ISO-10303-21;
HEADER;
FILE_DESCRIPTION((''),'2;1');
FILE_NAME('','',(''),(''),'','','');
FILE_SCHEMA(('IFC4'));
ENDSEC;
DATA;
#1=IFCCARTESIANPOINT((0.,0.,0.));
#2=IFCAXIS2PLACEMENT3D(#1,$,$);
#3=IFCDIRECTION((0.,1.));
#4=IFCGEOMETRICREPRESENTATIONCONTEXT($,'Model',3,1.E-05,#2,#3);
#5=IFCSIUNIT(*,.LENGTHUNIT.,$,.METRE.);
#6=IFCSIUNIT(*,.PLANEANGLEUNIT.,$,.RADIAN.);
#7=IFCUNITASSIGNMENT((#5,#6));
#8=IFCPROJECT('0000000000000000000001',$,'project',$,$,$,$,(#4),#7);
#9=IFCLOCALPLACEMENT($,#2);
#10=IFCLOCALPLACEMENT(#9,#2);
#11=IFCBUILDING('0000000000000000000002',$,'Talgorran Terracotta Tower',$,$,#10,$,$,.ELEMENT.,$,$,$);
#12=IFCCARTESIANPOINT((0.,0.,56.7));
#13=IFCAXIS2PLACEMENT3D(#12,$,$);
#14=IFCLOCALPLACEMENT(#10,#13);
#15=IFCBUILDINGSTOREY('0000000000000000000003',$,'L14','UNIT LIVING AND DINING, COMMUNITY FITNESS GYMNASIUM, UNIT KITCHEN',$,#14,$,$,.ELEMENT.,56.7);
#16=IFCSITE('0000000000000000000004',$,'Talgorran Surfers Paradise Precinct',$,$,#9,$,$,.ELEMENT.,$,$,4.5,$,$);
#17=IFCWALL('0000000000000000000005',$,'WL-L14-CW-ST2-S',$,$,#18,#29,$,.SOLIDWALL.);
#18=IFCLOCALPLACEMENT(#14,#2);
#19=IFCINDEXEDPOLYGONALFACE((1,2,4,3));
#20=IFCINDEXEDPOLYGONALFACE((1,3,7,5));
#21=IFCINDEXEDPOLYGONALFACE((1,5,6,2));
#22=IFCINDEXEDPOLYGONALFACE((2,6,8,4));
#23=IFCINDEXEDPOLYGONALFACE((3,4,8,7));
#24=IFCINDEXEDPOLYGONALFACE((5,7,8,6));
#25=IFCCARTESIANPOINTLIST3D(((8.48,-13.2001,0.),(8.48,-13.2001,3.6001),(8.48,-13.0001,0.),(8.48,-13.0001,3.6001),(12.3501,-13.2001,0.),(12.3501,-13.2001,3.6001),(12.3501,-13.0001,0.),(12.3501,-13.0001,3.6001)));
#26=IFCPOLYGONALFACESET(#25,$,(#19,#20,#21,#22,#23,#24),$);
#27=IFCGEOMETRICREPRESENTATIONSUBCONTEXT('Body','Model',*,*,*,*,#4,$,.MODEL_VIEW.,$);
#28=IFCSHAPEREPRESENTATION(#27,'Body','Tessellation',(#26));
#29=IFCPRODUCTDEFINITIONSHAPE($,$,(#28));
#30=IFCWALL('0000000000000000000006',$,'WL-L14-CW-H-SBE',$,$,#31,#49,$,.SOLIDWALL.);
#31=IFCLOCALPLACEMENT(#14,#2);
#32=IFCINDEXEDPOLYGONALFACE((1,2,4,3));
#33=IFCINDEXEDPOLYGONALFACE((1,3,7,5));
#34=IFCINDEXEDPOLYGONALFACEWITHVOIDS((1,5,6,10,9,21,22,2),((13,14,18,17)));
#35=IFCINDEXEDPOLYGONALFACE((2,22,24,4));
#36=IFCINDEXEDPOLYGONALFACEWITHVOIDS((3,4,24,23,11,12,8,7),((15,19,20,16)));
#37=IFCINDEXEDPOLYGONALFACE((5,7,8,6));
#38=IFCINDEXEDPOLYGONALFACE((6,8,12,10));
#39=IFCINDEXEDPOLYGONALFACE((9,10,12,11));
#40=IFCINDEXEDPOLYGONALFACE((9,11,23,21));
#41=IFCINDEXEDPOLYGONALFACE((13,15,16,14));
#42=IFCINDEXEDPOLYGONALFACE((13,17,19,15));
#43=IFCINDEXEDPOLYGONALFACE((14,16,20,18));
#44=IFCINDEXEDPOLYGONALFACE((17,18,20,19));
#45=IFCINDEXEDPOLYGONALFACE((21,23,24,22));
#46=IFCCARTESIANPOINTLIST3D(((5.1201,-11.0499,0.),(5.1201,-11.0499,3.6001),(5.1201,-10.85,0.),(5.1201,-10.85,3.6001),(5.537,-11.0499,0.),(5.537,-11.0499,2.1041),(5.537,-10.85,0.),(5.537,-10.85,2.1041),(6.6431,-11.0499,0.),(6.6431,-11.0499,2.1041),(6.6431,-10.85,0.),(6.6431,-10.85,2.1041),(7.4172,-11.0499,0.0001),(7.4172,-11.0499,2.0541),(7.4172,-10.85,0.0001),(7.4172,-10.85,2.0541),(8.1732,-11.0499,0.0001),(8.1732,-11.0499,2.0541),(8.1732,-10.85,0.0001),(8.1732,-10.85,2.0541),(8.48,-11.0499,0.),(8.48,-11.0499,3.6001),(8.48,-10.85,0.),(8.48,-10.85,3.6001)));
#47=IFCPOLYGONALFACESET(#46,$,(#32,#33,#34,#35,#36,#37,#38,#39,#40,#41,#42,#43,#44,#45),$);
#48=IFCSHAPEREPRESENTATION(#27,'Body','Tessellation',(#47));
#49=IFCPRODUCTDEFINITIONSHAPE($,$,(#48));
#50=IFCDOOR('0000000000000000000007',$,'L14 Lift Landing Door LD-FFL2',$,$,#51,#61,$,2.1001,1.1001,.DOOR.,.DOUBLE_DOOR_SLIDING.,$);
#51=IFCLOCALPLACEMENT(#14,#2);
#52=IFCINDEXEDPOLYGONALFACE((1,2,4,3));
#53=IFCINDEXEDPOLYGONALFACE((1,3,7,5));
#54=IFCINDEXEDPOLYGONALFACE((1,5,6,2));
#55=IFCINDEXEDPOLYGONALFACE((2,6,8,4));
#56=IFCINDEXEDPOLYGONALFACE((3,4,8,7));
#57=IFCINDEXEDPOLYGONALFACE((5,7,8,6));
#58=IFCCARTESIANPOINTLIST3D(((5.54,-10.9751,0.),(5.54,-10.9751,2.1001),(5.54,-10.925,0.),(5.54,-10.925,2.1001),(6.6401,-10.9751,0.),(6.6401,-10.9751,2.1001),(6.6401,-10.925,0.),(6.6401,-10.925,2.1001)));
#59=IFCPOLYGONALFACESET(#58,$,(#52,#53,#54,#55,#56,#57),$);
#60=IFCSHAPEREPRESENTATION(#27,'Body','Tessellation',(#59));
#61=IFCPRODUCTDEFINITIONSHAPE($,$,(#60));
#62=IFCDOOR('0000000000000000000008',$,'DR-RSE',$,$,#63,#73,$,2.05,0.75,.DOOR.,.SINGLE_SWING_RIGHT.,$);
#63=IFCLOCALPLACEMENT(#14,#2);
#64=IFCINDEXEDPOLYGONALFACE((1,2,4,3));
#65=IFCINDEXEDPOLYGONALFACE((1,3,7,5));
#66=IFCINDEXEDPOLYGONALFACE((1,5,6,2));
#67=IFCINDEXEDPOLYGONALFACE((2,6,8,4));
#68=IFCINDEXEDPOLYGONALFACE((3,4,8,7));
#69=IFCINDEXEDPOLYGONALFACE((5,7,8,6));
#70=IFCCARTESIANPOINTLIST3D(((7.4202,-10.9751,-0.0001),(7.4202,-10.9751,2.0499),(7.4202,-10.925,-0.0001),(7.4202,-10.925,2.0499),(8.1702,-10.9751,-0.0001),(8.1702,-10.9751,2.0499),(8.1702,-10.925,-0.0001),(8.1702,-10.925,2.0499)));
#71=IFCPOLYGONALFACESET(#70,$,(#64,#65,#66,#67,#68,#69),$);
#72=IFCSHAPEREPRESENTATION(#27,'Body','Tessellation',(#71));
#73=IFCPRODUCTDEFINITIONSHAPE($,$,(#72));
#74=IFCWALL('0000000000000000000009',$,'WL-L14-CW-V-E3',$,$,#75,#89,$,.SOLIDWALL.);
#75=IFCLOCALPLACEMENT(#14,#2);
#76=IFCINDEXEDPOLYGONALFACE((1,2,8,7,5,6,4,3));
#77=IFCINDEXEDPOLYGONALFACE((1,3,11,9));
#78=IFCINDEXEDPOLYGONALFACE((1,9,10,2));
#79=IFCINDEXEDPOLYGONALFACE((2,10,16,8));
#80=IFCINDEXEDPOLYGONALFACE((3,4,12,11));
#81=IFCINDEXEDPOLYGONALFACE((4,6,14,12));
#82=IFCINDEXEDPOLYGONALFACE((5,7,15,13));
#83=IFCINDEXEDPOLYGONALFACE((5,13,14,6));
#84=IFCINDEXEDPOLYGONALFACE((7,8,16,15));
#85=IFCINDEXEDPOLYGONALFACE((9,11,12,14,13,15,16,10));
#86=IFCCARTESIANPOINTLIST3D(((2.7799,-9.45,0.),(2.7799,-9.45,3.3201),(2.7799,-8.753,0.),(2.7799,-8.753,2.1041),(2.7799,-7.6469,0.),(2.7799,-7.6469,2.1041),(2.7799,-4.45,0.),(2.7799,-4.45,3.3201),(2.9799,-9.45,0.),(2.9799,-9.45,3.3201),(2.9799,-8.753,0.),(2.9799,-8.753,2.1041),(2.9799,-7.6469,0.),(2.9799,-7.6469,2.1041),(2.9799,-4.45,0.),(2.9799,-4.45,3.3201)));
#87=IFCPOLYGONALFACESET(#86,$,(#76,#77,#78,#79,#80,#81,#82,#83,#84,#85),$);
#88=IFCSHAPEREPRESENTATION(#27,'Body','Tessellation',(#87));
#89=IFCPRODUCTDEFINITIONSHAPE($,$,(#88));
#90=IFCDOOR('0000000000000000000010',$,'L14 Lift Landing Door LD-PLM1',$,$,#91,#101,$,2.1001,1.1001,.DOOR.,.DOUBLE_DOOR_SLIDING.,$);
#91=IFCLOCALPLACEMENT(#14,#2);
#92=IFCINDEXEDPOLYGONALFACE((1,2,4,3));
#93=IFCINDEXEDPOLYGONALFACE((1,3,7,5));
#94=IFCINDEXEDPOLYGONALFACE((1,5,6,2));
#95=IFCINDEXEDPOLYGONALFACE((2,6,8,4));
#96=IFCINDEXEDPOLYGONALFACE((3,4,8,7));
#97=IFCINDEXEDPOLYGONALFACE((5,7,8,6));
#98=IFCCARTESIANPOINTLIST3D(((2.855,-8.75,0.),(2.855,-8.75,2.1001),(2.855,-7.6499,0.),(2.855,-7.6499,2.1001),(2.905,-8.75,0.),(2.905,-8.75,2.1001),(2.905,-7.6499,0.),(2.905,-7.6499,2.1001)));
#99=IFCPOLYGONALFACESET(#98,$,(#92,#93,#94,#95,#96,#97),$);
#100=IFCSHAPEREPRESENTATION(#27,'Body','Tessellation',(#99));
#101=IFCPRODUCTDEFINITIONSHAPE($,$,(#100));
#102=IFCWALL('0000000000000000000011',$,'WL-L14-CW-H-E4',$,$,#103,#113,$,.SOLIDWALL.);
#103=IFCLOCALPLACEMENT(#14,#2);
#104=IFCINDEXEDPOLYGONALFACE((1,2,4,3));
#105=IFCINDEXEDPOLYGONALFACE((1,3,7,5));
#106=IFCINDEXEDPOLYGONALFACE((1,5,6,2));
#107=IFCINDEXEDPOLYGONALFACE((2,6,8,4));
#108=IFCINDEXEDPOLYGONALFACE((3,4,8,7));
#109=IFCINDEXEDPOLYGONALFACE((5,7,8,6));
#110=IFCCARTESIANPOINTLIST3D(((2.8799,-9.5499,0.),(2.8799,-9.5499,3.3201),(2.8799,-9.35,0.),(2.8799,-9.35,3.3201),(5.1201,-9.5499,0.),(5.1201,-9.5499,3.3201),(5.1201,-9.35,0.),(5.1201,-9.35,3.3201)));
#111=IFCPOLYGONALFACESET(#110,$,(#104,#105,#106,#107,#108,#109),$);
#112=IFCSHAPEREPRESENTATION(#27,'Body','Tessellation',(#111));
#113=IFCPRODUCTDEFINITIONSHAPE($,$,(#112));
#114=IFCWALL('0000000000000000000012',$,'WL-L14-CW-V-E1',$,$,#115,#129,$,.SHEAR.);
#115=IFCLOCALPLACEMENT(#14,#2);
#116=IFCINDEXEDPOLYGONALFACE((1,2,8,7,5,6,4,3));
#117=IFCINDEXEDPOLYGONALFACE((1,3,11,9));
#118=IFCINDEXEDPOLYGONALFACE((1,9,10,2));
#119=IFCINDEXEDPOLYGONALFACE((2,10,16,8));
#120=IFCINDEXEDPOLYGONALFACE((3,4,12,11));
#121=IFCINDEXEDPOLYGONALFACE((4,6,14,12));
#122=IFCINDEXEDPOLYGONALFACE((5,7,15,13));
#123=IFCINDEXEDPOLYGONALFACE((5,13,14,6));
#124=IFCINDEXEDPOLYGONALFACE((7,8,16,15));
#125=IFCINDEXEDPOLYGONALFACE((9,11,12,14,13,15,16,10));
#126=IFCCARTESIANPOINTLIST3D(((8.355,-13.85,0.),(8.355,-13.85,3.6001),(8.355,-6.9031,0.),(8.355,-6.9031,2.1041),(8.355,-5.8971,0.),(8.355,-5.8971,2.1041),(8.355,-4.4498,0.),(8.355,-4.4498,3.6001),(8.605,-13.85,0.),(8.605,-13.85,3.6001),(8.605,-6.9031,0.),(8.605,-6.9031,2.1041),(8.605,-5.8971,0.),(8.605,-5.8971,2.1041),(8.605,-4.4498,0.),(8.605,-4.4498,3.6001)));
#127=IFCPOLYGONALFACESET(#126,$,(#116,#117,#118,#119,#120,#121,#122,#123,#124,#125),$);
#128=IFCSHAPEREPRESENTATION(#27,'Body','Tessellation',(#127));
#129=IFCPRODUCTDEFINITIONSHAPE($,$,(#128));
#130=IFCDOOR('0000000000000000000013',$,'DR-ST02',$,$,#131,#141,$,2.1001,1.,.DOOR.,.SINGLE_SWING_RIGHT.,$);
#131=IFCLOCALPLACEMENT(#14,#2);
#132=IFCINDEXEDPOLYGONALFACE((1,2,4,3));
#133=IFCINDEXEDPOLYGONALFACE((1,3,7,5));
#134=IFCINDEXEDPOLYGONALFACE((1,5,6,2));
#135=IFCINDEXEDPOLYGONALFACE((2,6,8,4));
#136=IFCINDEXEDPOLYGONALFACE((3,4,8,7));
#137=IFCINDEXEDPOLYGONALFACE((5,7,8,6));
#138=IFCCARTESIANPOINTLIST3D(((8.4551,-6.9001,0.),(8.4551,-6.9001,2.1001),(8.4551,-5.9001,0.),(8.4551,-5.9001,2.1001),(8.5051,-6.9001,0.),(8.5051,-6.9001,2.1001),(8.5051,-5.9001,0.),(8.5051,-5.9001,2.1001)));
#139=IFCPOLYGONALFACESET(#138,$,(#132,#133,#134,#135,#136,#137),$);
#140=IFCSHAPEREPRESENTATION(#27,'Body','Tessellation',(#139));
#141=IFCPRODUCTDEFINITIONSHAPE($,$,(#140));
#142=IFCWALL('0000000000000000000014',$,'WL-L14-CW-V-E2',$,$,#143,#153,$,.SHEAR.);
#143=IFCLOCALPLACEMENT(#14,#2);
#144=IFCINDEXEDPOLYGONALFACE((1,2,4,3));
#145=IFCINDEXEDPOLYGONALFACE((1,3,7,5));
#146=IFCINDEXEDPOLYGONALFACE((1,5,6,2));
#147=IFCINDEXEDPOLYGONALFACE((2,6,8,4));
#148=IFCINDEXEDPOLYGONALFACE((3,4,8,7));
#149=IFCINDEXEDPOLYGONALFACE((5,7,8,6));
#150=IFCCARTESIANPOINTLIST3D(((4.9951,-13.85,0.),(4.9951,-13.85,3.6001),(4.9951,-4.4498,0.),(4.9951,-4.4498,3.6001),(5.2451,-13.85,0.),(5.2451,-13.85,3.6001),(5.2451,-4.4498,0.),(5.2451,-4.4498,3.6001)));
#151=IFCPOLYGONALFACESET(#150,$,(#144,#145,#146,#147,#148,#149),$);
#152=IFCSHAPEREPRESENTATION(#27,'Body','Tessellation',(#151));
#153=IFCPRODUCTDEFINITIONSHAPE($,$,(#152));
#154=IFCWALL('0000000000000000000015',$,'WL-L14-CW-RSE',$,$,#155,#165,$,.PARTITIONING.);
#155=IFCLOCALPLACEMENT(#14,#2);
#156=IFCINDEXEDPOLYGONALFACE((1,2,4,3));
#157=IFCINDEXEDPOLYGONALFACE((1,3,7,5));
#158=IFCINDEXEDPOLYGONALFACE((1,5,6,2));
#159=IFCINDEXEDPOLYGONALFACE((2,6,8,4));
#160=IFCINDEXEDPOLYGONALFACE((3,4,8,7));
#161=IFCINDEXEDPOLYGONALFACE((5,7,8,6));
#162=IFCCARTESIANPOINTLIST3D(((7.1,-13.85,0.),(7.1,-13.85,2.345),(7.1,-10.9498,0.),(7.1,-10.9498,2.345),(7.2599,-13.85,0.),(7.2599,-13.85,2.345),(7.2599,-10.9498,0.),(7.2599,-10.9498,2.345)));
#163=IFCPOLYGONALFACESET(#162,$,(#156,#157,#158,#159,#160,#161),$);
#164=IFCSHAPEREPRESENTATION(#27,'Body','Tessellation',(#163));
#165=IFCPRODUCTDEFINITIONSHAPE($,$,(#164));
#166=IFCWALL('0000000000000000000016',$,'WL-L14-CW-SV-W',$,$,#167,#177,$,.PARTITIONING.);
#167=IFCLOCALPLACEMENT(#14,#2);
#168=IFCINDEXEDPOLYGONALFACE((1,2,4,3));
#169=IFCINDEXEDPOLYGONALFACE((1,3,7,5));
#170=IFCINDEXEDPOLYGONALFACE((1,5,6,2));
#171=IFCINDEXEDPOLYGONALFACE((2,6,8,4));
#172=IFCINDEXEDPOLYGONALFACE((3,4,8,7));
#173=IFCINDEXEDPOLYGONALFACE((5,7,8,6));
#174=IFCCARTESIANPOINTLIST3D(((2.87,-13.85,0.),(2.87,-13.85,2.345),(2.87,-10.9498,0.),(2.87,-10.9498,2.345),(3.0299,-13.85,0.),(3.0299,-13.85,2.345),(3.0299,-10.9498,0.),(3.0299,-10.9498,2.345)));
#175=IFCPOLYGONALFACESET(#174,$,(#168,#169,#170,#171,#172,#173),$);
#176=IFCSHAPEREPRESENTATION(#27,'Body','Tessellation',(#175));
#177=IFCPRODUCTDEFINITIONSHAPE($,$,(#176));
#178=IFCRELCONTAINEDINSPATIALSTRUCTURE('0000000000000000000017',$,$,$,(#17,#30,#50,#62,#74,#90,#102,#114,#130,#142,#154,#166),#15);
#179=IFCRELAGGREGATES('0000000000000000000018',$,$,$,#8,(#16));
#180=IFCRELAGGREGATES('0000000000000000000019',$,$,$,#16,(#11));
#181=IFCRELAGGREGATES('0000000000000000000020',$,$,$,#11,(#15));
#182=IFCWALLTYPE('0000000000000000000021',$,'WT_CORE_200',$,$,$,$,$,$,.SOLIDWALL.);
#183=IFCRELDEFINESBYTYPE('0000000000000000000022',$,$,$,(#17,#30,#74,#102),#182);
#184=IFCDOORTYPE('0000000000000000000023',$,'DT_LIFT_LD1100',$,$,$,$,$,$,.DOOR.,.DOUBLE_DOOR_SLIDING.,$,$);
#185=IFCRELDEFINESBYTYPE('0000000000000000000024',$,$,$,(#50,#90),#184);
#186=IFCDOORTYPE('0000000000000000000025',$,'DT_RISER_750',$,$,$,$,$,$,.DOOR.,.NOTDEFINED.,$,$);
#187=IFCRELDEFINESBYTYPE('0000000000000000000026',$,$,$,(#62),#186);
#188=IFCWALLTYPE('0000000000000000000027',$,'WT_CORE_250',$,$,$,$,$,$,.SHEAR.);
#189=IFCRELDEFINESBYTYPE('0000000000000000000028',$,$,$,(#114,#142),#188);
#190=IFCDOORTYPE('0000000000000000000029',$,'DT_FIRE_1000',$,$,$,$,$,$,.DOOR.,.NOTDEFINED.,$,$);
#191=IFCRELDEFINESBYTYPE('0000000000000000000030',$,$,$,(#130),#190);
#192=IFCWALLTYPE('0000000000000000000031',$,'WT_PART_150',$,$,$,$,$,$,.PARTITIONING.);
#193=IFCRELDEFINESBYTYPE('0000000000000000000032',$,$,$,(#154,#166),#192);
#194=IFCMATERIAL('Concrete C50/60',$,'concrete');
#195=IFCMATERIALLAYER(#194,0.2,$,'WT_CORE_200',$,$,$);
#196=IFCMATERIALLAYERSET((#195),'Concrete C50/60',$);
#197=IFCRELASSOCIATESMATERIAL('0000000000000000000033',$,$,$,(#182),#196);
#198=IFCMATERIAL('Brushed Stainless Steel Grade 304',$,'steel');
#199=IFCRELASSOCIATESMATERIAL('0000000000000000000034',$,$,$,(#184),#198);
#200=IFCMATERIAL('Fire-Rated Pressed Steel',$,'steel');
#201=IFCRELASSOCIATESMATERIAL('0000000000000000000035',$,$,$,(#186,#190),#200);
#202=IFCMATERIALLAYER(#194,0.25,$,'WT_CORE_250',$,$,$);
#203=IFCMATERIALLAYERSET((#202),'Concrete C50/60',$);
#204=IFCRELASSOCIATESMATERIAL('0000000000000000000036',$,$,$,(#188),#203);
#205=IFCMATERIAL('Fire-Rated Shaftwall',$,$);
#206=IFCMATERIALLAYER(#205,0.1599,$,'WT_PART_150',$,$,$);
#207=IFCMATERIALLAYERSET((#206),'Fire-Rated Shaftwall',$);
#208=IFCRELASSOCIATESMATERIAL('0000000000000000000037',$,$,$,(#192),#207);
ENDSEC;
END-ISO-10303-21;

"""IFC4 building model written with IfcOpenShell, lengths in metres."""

from ifc_helpers import new_model, si_unit, direction, frame, frame_2d, origin, place, context, subcontext, project, spatial, rectangle, extrude, material, layer, layer_set, type_object, element, fill, save


model = new_model("IFC4")

# Units and contexts
model_context = context("Model", 3, precision=1e-05, world=origin(), true_north=direction((0.0, 1.0)))
body_context = subcontext(model_context, "Body", "Model", "MODEL_VIEW")
ifc_project = project(units=[si_unit("LENGTHUNIT", "METRE"), si_unit("PLANEANGLEUNIT", "RADIAN")], contexts=[model_context])

# Site, building, storey
site_placement = place(None, origin())
site = spatial("IfcSite", under=ifc_project, at=site_placement, Name="Talgorran Surfers Paradise Precinct", CompositionType="ELEMENT", RefElevation=4.5)
building_placement = place(site_placement, origin())
building = spatial("IfcBuilding", under=site, at=building_placement, Name="Talgorran Terracotta Tower", CompositionType="ELEMENT")
storey_placement = place(building_placement, frame((0.0, 0.0, 56.7)))
storey = spatial("IfcBuildingStorey", under=building, at=storey_placement, Name="L14", Description="UNIT LIVING AND DINING, COMMUNITY FITNESS GYMNASIUM, UNIT KITCHEN", CompositionType="ELEMENT", Elevation=56.7)

# Wall
ifc_material_1 = material(Name="Concrete C50/60", Category="concrete")
ifc_layer_1 = layer(ifc_material_1, 0.2, Name="WT_CORE_200")
ifc_layer_set_1 = layer_set([ifc_layer_1], Name="Concrete C50/60")
wall_type_1 = type_object("IfcWallType", Name="WT_CORE_200", PredefinedType="SOLIDWALL", material=ifc_layer_set_1)
wall_1_placement = place(storey_placement, frame((8.48, -13.1001, 0.0), z_axis=(0.0, 0.0, 1.0), x_axis=(1.0, 0.0, 0.0)))
element("IfcWall", 1, at=wall_1_placement, inside=storey, type_object=wall_type_1, Name="WL-L14-CW-ST2-S", PredefinedType="SOLIDWALL", context=body_context, shape_type="SweptSolid", body=[
    extrude(rectangle(XDim=3.8701, YDim=0.2, at=frame_2d((1.9351, 0.0))), origin(), (0.0, 0.0, 1.0), 3.6001),
])

# Wall, openings, doors
wall_2_placement = place(storey_placement, frame((5.1201, -10.95, 0.0), z_axis=(0.0, 0.0, 1.0), x_axis=(1.0, 0.0, 0.0)))
wall_2 = element("IfcWall", 2, at=wall_2_placement, inside=storey, type_object=wall_type_1, Name="WL-L14-CW-H-SBE", PredefinedType="SOLIDWALL", context=body_context, shape_type="SweptSolid", body=[
    extrude(rectangle(XDim=3.3599, YDim=0.2, at=frame_2d((1.6799, 0.0))), origin(), (0.0, 0.0, 1.0), 3.6001),
])
opening_1_placement = place(wall_2_placement, frame((0.4199, 0.0, 0.0)))
opening_1 = element("IfcOpeningElement", 3, at=opening_1_placement, cuts=wall_2, PredefinedType="OPENING", context=body_context, shape_type="SweptSolid", body=[
    extrude(rectangle(XDim=1.1061, YDim=2.1041, at=frame_2d((0.55, 1.052))), frame((0.0, 0.1099, 0.0), z_axis=(0.0, -1.0, 0.0), x_axis=(1.0, 0.0, 0.0)), (0.0, 0.0, 1.0), 0.22),
])
opening_2_placement = place(wall_2_placement, frame((2.3, 0.0, 0.0)))
opening_2 = element("IfcOpeningElement", 4, at=opening_2_placement, cuts=wall_2, PredefinedType="OPENING", context=body_context, shape_type="SweptSolid", body=[
    extrude(rectangle(XDim=0.756, YDim=2.054, at=frame_2d((0.375, 1.0271))), frame((0.0, 0.1099, 0.0), z_axis=(0.0, -1.0, 0.0), x_axis=(1.0, 0.0, 0.0)), (0.0, 0.0, 1.0), 0.22),
])
ifc_material_2 = material(Name="Brushed Stainless Steel Grade 304", Category="steel")
door_type_1 = type_object("IfcDoorType", Name="DT_LIFT_LD1100", OperationType="DOUBLE_DOOR_SLIDING", PredefinedType="DOOR", material=ifc_material_2)
door_1_placement = place(opening_1_placement, origin())
door_1 = element("IfcDoor", 5, at=door_1_placement, inside=storey, type_object=door_type_1, Name="L14 Lift Landing Door LD-FFL2", OperationType="DOUBLE_DOOR_SLIDING", OverallHeight=2.1001, OverallWidth=1.1001, PredefinedType="DOOR", context=body_context, shape_type="SweptSolid", body=[
    extrude(rectangle(XDim=1.1001, YDim=2.1001, at=frame_2d((0.55, 1.05))), frame((0.0, 0.0249, 0.0), z_axis=(0.0, -1.0, 0.0), x_axis=(1.0, 0.0, 0.0)), (0.0, 0.0, 1.0), 0.05),
])
fill(opening_1, door_1)
ifc_material_3 = material(Name="Fire-Rated Pressed Steel", Category="steel")
door_type_2 = type_object("IfcDoorType", Name="DT_RISER_750", OperationType="NOTDEFINED", PredefinedType="DOOR", material=ifc_material_3)
door_2_placement = place(opening_2_placement, origin())
door_2 = element("IfcDoor", 6, at=door_2_placement, inside=storey, type_object=door_type_2, Name="DR-RSE", OperationType="SINGLE_SWING_RIGHT", OverallHeight=2.05, OverallWidth=0.75, PredefinedType="DOOR", context=body_context, shape_type="SweptSolid", body=[
    extrude(rectangle(XDim=0.75, YDim=2.05, at=frame_2d((0.375, 1.0249))), frame((0.0, 0.0249, 0.0), z_axis=(0.0, -1.0, 0.0), x_axis=(1.0, 0.0, 0.0)), (0.0, 0.0, 1.0), 0.05),
])
fill(opening_2, door_2)

# Wall, opening, door
wall_3_placement = place(storey_placement, frame((2.8799, -9.45, 0.0), z_axis=(0.0, 0.0, 1.0), x_axis=(0.0, 1.0, 0.0)))
wall_3 = element("IfcWall", 7, at=wall_3_placement, inside=storey, type_object=wall_type_1, Name="WL-L14-CW-V-E3", PredefinedType="SOLIDWALL", context=body_context, shape_type="SweptSolid", body=[
    extrude(rectangle(XDim=5.0, YDim=0.2, at=frame_2d((2.5, 0.0))), origin(), (0.0, 0.0, 1.0), 3.3201),
])
opening_3_placement = place(wall_3_placement, frame((0.7, 0.0, 0.0)))
opening_3 = element("IfcOpeningElement", 8, at=opening_3_placement, cuts=wall_3, PredefinedType="OPENING", context=body_context, shape_type="SweptSolid", body=[
    extrude(rectangle(XDim=1.1061, YDim=2.1041, at=frame_2d((0.55, 1.052))), frame((0.0, 0.1099, 0.0), z_axis=(0.0, -1.0, 0.0), x_axis=(1.0, 0.0, 0.0)), (0.0, 0.0, 1.0), 0.22),
])
door_3_placement = place(opening_3_placement, origin())
door_3 = element("IfcDoor", 9, at=door_3_placement, inside=storey, type_object=door_type_1, Name="L14 Lift Landing Door LD-PLM1", OperationType="DOUBLE_DOOR_SLIDING", OverallHeight=2.1001, OverallWidth=1.1001, PredefinedType="DOOR", context=body_context, shape_type="SweptSolid", body=[
    extrude(rectangle(XDim=1.1001, YDim=2.1001, at=frame_2d((0.55, 1.05))), frame((0.0, 0.0249, 0.0), z_axis=(0.0, -1.0, 0.0), x_axis=(1.0, 0.0, 0.0)), (0.0, 0.0, 1.0), 0.05),
])
fill(opening_3, door_3)

# Wall
wall_4_placement = place(storey_placement, frame((2.8799, -9.45, 0.0), z_axis=(0.0, 0.0, 1.0), x_axis=(1.0, 0.0, 0.0)))
element("IfcWall", 10, at=wall_4_placement, inside=storey, type_object=wall_type_1, Name="WL-L14-CW-H-E4", PredefinedType="SOLIDWALL", context=body_context, shape_type="SweptSolid", body=[
    extrude(rectangle(XDim=2.2402, YDim=0.2, at=frame_2d((1.1201, 0.0))), origin(), (0.0, 0.0, 1.0), 3.3201),
])

# Wall, opening, door
ifc_layer_2 = layer(ifc_material_1, 0.25, Name="WT_CORE_250")
ifc_layer_set_2 = layer_set([ifc_layer_2], Name="Concrete C50/60")
wall_type_2 = type_object("IfcWallType", Name="WT_CORE_250", PredefinedType="SHEAR", material=ifc_layer_set_2)
wall_5_placement = place(storey_placement, frame((8.48, -13.8501, 0.0), z_axis=(0.0, 0.0, 1.0), x_axis=(0.0, 1.0, 0.0)))
wall_5 = element("IfcWall", 11, at=wall_5_placement, inside=storey, type_object=wall_type_2, Name="WL-L14-CW-V-E1", PredefinedType="SHEAR", context=body_context, shape_type="SweptSolid", body=[
    extrude(rectangle(XDim=9.4001, YDim=0.25, at=frame_2d((4.7002, 0.0))), origin(), (0.0, 0.0, 1.0), 3.6001),
])
opening_4_placement = place(wall_5_placement, frame((6.95, 0.0, 0.0)))
opening_4 = element("IfcOpeningElement", 12, at=opening_4_placement, cuts=wall_5, PredefinedType="OPENING", context=body_context, shape_type="SweptSolid", body=[
    extrude(rectangle(XDim=1.006, YDim=2.1041, at=frame_2d((0.5, 1.052))), frame((0.0, 0.135, 0.0), z_axis=(0.0, -1.0, 0.0), x_axis=(1.0, 0.0, 0.0)), (0.0, 0.0, 1.0), 0.27),
])
door_type_3 = type_object("IfcDoorType", Name="DT_FIRE_1000", OperationType="NOTDEFINED", PredefinedType="DOOR", material=ifc_material_3)
door_4_placement = place(opening_4_placement, origin())
door_4 = element("IfcDoor", 13, at=door_4_placement, inside=storey, type_object=door_type_3, Name="DR-ST02", OperationType="SINGLE_SWING_RIGHT", OverallHeight=2.1001, OverallWidth=1.0, PredefinedType="DOOR", context=body_context, shape_type="SweptSolid", body=[
    extrude(rectangle(XDim=1.0, YDim=2.1001, at=frame_2d((0.5, 1.05))), frame((0.0, 0.0249, 0.0), z_axis=(0.0, -1.0, 0.0), x_axis=(1.0, 0.0, 0.0)), (0.0, 0.0, 1.0), 0.05),
])
fill(opening_4, door_4)

# Walls
wall_6_placement = place(storey_placement, frame((5.1201, -13.8501, 0.0), z_axis=(0.0, 0.0, 1.0), x_axis=(0.0, 1.0, 0.0)))
element("IfcWall", 14, at=wall_6_placement, inside=storey, type_object=wall_type_2, Name="WL-L14-CW-V-E2", PredefinedType="SHEAR", context=body_context, shape_type="SweptSolid", body=[
    extrude(rectangle(XDim=9.4001, YDim=0.25, at=frame_2d((4.7002, 0.0))), origin(), (0.0, 0.0, 1.0), 3.6001),
])
ifc_material_4 = material(Name="Fire-Rated Shaftwall")
ifc_layer_3 = layer(ifc_material_4, 0.1599, Name="WT_PART_150")
ifc_layer_set_3 = layer_set([ifc_layer_3], Name="Fire-Rated Shaftwall")
wall_type_3 = type_object("IfcWallType", Name="WT_PART_150", PredefinedType="PARTITIONING", material=ifc_layer_set_3)
for number, where, z_axis, x_axis, name in (
    (15, (7.1799, -13.8501, 0.0), (0.0, 0.0, 1.0), (0.0, 1.0, 0.0), "WL-L14-CW-RSE"),
    (16, (2.95, -13.8501, 0.0), (0.0, 0.0, 1.0), (0.0, 1.0, 0.0), "WL-L14-CW-SV-W"),
):
    element("IfcWall", number, at=place(storey_placement, frame(where, z_axis=z_axis, x_axis=x_axis)), inside=storey, type_object=wall_type_3, Name=name, PredefinedType="PARTITIONING", context=body_context, shape_type="SweptSolid", body=[
        extrude(rectangle(XDim=2.9001, YDim=0.1599, at=frame_2d((1.4502, 0.0))), origin(), (0.0, 0.0, 1.0), 2.345),
    ])

save(model, "model.ifc")
